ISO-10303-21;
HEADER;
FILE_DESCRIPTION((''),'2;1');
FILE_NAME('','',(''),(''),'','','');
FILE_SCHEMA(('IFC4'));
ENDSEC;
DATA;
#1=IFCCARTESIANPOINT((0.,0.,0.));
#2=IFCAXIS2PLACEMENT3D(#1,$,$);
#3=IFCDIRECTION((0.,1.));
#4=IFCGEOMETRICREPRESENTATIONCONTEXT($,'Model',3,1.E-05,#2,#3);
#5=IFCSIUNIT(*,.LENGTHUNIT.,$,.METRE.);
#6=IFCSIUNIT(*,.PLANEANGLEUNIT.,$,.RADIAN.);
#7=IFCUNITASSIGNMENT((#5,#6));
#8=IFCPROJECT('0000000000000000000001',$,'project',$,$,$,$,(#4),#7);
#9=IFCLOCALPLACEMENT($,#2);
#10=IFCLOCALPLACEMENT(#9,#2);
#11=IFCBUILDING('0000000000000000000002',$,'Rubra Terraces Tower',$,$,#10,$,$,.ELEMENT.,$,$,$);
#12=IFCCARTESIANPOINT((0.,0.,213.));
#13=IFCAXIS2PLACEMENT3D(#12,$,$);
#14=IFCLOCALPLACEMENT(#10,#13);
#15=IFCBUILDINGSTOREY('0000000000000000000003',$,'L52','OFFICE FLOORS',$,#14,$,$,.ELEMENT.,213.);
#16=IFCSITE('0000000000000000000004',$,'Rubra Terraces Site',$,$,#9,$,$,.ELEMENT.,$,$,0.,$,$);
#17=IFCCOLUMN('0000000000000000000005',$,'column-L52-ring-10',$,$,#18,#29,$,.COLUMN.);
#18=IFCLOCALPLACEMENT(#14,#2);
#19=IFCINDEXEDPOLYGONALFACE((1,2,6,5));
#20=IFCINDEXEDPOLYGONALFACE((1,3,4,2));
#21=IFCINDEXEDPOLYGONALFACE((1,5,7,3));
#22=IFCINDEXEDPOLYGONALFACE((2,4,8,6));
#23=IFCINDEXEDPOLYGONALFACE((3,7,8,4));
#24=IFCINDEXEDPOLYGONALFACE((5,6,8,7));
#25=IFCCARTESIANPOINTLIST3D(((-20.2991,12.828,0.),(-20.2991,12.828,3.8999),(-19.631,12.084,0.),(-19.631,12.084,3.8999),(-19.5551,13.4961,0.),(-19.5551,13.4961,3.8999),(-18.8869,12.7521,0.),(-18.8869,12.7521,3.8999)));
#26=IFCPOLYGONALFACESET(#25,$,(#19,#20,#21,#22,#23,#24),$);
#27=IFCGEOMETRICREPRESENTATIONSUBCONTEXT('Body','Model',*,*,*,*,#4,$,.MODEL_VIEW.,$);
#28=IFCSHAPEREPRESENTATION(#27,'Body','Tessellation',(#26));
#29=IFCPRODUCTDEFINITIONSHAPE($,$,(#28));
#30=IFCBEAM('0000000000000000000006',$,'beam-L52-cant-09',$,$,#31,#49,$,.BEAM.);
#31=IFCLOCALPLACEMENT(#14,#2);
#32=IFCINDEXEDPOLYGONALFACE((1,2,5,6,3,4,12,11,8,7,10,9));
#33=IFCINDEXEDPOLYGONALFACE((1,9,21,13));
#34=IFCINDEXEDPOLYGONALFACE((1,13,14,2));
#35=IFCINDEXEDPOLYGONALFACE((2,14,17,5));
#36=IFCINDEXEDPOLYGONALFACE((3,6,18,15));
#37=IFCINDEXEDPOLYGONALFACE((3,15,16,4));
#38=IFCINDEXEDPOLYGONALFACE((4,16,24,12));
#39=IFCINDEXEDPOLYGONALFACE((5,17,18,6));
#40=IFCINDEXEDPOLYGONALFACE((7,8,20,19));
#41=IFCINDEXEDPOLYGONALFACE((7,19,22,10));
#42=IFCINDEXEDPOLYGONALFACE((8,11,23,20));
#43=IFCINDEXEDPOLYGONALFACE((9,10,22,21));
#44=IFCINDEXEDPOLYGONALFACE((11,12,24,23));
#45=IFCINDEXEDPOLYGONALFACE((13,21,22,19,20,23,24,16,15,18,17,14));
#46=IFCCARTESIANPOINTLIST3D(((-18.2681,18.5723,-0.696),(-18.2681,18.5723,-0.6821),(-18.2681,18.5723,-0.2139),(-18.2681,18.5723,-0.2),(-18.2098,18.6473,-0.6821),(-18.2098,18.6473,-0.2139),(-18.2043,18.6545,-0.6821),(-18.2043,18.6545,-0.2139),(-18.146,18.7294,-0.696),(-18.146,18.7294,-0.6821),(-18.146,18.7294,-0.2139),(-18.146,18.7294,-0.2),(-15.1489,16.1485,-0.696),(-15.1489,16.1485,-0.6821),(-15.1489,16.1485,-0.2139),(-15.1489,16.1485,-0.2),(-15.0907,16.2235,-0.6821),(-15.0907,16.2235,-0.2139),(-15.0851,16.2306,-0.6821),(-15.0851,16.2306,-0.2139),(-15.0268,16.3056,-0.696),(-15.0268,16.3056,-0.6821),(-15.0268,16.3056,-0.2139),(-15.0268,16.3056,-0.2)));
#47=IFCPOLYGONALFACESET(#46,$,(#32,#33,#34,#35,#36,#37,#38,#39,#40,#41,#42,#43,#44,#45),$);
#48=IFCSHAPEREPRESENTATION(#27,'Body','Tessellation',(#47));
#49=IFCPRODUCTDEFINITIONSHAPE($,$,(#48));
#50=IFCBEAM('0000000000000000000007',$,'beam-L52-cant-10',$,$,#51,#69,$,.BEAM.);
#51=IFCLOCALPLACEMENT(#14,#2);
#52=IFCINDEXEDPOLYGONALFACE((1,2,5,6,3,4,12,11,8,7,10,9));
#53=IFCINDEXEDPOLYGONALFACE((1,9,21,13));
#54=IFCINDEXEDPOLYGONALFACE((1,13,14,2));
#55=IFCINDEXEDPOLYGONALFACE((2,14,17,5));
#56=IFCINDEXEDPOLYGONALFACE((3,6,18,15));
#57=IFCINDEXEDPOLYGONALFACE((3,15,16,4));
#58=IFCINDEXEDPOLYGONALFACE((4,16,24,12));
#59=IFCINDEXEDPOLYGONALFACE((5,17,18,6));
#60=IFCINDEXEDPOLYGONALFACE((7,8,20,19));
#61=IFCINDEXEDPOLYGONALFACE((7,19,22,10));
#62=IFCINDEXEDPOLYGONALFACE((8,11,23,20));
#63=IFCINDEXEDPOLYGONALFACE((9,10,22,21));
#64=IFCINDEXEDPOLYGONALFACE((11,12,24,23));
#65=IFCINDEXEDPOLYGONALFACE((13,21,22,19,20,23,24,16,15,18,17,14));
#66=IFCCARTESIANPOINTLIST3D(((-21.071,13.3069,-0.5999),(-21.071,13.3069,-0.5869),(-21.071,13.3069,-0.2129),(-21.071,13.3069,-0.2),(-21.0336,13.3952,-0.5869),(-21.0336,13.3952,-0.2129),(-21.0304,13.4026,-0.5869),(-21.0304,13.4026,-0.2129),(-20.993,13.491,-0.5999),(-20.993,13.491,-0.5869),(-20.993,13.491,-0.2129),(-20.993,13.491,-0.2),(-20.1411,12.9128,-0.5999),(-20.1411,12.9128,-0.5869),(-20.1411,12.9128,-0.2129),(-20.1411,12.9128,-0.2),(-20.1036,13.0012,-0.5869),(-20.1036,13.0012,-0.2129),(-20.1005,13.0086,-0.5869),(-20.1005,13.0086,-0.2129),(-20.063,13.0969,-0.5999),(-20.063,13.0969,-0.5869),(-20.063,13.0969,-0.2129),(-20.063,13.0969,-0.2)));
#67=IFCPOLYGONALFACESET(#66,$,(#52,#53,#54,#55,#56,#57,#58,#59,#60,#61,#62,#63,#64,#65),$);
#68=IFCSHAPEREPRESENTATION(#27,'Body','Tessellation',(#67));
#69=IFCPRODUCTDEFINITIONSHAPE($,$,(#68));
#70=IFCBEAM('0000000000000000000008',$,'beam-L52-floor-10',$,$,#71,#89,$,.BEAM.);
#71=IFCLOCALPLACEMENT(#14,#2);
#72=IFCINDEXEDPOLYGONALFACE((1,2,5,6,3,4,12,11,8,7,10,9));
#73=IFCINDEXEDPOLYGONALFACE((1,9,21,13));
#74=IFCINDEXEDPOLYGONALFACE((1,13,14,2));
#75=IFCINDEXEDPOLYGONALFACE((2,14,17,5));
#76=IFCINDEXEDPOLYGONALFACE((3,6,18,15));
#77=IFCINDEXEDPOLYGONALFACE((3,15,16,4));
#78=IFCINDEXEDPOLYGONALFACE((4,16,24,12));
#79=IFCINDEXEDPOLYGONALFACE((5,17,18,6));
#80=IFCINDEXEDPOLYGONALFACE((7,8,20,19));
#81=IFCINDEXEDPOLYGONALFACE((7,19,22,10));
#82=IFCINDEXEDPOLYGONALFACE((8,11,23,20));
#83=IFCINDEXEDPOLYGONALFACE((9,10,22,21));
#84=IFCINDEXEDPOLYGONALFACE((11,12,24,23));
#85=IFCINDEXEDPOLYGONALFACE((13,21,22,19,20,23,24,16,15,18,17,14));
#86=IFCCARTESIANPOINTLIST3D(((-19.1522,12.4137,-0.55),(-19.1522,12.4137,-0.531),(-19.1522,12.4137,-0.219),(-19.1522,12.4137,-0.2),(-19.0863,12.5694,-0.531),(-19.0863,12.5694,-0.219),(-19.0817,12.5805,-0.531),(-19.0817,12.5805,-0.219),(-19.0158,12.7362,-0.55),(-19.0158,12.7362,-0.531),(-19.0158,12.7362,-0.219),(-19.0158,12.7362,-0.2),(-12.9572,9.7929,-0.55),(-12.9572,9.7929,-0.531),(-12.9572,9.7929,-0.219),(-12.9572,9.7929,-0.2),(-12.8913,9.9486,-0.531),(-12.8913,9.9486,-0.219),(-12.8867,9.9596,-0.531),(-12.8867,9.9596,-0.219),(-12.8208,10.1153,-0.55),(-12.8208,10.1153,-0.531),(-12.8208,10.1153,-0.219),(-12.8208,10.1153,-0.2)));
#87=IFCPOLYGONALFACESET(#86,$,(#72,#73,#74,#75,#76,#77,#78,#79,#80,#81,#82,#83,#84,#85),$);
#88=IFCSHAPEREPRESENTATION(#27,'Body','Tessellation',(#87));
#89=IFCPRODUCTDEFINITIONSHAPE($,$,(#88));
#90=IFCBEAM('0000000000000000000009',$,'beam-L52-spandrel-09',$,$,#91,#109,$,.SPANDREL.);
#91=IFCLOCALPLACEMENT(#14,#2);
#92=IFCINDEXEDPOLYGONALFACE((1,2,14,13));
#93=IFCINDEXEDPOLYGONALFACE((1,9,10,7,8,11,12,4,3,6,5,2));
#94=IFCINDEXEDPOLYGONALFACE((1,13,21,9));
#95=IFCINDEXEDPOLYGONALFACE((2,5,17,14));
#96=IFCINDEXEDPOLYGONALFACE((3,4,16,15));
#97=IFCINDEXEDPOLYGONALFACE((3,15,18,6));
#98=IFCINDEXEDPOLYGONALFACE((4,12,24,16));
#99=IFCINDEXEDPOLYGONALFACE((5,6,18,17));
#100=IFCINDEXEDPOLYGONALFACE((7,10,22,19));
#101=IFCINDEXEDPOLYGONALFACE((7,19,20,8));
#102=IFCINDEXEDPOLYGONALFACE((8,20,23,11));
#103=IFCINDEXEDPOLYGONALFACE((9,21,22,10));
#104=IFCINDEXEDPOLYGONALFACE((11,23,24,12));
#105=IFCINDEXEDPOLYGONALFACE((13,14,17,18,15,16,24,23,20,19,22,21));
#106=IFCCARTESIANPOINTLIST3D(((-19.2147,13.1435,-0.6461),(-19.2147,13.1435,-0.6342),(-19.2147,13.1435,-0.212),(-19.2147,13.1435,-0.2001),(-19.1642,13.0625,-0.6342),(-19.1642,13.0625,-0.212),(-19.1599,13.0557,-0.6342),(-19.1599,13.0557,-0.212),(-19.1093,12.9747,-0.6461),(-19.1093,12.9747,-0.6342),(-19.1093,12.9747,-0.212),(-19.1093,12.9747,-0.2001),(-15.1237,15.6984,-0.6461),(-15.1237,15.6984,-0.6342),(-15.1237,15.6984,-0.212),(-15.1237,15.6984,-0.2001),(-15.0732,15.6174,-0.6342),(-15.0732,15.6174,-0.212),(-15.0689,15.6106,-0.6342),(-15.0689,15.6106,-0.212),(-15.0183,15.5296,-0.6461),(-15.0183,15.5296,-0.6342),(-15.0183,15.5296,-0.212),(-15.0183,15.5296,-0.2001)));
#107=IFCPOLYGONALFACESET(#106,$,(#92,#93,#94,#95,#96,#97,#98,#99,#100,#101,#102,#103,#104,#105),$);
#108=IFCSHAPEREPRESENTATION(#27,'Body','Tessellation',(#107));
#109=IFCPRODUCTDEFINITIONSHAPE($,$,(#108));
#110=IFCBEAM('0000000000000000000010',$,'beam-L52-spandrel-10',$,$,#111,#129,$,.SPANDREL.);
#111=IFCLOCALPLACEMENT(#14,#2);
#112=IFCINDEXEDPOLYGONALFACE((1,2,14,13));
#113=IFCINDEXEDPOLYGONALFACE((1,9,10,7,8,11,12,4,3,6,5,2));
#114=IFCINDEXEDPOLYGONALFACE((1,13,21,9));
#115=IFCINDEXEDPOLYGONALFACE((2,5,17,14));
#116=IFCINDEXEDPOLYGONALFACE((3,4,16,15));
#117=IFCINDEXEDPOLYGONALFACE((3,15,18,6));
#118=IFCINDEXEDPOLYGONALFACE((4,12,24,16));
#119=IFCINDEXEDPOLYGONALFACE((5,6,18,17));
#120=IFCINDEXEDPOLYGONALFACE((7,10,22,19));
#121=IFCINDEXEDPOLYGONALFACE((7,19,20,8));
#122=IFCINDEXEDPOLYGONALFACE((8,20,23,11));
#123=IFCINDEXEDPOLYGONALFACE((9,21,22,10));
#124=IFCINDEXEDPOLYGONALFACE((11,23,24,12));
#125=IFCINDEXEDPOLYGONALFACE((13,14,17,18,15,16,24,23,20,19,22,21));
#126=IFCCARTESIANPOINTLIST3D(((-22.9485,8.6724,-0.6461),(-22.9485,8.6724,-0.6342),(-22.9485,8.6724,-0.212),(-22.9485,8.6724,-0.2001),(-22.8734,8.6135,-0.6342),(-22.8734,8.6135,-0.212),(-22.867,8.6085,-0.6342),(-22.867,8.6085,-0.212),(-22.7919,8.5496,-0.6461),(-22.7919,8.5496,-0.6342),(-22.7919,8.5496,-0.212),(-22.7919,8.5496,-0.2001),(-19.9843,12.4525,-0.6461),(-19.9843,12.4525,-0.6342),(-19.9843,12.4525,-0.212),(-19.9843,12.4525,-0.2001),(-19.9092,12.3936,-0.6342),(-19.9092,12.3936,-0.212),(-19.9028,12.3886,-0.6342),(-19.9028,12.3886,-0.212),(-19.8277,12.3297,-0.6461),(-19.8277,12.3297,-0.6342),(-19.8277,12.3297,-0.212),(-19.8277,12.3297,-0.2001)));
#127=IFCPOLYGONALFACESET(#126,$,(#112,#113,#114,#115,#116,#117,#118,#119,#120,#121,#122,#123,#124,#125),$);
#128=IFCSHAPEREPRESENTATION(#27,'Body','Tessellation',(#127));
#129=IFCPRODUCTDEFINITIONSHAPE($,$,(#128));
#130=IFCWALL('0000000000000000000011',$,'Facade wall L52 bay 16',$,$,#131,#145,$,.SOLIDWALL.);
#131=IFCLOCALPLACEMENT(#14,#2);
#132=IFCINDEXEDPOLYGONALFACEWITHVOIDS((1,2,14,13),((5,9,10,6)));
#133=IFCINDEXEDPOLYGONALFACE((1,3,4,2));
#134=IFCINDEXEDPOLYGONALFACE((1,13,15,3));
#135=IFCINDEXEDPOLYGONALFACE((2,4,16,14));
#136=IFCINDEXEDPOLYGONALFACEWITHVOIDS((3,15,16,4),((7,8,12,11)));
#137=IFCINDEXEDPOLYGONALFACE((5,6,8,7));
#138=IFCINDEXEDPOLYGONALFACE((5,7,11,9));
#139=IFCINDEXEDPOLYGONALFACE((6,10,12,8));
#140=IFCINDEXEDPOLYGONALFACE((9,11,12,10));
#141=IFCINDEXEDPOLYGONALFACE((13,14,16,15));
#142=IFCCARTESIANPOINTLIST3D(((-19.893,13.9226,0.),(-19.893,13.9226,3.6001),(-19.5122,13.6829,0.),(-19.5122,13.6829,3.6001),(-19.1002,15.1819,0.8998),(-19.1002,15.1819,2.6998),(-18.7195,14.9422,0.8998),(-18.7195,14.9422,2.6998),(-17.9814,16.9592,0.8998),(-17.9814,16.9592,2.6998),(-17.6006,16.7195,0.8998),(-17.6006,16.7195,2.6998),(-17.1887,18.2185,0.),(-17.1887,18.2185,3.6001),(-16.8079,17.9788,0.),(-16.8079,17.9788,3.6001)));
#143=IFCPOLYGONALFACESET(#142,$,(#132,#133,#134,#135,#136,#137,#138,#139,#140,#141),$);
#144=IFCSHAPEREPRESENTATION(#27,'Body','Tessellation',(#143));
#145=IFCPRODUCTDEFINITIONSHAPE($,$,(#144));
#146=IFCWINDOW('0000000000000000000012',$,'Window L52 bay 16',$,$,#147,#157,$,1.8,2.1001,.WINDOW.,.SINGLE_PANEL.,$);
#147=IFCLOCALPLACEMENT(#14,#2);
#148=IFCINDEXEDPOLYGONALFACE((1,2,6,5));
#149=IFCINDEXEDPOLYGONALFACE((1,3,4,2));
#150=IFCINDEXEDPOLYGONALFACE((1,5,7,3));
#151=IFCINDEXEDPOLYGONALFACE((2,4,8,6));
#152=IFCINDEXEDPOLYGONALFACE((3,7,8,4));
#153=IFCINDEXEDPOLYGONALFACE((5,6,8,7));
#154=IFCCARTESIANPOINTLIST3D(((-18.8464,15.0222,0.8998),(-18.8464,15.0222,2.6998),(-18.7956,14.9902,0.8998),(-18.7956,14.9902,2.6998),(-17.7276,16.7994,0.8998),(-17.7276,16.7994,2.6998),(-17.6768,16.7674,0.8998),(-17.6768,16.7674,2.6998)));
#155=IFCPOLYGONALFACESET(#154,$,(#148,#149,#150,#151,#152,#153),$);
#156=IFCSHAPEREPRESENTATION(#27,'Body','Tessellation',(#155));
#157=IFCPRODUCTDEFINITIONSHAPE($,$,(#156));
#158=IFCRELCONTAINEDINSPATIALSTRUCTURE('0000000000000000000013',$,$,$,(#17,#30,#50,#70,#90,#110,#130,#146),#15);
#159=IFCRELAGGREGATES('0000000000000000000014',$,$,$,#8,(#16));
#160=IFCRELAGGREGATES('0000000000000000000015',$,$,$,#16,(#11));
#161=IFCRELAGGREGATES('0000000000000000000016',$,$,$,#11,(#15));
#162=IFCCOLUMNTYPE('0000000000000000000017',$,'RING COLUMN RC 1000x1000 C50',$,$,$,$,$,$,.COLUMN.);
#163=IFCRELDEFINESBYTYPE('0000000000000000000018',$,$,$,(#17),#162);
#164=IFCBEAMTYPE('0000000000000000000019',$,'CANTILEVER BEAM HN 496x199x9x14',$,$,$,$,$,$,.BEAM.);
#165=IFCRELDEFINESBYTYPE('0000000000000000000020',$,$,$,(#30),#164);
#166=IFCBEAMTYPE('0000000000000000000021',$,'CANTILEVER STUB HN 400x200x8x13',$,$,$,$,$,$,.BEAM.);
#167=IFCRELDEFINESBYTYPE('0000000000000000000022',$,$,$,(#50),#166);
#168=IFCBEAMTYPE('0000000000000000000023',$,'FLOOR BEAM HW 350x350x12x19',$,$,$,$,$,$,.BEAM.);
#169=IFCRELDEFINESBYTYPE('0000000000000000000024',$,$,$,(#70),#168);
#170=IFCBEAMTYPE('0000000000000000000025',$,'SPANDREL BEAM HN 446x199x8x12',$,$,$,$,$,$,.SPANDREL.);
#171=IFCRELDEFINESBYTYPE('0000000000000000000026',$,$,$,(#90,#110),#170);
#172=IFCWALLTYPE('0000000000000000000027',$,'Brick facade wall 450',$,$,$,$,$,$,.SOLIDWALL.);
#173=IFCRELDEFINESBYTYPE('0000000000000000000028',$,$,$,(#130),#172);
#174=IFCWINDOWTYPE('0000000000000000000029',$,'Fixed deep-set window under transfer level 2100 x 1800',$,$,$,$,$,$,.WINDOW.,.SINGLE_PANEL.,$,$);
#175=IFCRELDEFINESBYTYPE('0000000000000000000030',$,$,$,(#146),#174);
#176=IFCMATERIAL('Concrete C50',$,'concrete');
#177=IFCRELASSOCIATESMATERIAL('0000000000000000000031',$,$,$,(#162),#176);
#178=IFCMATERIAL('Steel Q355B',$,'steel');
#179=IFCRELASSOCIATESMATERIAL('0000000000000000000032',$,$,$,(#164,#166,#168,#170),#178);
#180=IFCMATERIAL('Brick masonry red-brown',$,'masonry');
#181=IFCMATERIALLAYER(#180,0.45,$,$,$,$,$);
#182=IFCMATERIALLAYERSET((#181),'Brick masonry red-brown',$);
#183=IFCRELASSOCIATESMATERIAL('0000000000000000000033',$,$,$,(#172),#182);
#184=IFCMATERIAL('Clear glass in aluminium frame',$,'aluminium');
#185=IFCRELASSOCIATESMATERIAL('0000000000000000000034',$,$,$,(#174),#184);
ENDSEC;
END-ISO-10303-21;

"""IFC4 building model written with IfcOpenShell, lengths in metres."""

from ifc_helpers import new_model, si_unit, direction, frame, frame_2d, origin, origin_2d, place, context, subcontext, project, spatial, rectangle, i_section, extrude, material, layer, layer_set, material_profile, profile_set, type_object, element, fill, save


model = new_model("IFC4")

# Units and contexts
model_context = context("Model", 3, precision=1e-05, world=origin(), true_north=direction((0.0, 1.0)))
body_context = subcontext(model_context, "Body", "Model", "MODEL_VIEW")
ifc_project = project(units=[si_unit("LENGTHUNIT", "METRE"), si_unit("PLANEANGLEUNIT", "RADIAN")], contexts=[model_context])

# Site, building, storey
site_placement = place(None, origin())
site = spatial("IfcSite", under=ifc_project, at=site_placement, Name="Rubra Terraces Site", CompositionType="ELEMENT", RefElevation=0.0)
building_placement = place(site_placement, origin())
building = spatial("IfcBuilding", under=site, at=building_placement, Name="Rubra Terraces Tower", CompositionType="ELEMENT")
storey_placement = place(building_placement, frame((0.0, 0.0, 213.0)))
storey = spatial("IfcBuildingStorey", under=building, at=storey_placement, Name="L52", Description="OFFICE FLOORS", CompositionType="ELEMENT", Elevation=213.0)

# Column
ifc_material_1 = material(Name="Concrete C50", Category="concrete")
ifc_material_profile_1 = material_profile(ifc_material_1, rectangle(XDim=1.0, YDim=1.0, at=origin_2d()), Name="RC 1000x1000")
ifc_profile_set_1 = profile_set([ifc_material_profile_1], Name="Concrete C50")
column_type = type_object("IfcColumnType", Name="RING COLUMN RC 1000x1000 C50", PredefinedType="COLUMN", material=ifc_profile_set_1)
column_placement = place(storey_placement, frame((-19.593, 12.79, 0.0), z_axis=(0.0, 0.0, 1.0), x_axis=(-0.744021, -0.668156, 0.0)))
element("IfcColumn", 1, at=column_placement, inside=storey, type_object=column_type, Name="column-L52-ring-10", PredefinedType="COLUMN", context=body_context, shape_type="SweptSolid", body=[
    extrude(rectangle(XDim=1.0, YDim=1.0, at=origin_2d()), origin(), (0.0, 0.0, 1.0), 3.8999),
])

# Beams
ifc_material_2 = material(Name="Steel Q355B", Category="steel")
ifc_material_profile_2 = material_profile(ifc_material_2, i_section(OverallWidth=0.199, OverallDepth=0.4961, WebThickness=0.009, FlangeThickness=0.0139, at=origin_2d()), Name="HN 496x199x9x14")
ifc_profile_set_2 = profile_set([ifc_material_profile_2], Name="Steel Q355B")
beam_type_1 = type_object("IfcBeamType", Name="CANTILEVER BEAM HN 496x199x9x14", PredefinedType="BEAM", material=ifc_profile_set_2)
beam_1_placement = place(storey_placement, frame((-15.0879, 16.2271, -0.448), z_axis=(-0.789618, 0.613598, 0.0), x_axis=(-0.613598, -0.789618, 0.0)))
element("IfcBeam", 2, at=beam_1_placement, inside=storey, type_object=beam_type_1, Name="beam-L52-cant-09", PredefinedType="BEAM", context=body_context, shape_type="SweptSolid", body=[
    extrude(i_section(OverallWidth=0.199, OverallDepth=0.4961, WebThickness=0.009, FlangeThickness=0.0139, at=origin_2d()), origin(), (0.0, 0.0, 1.0), 3.9502),
])
ifc_material_profile_3 = material_profile(ifc_material_2, i_section(OverallWidth=0.2, OverallDepth=0.3999, WebThickness=0.0081, FlangeThickness=0.0129, at=origin_2d()), Name="HN 400x200x8x13")
ifc_profile_set_3 = profile_set([ifc_material_profile_3], Name="Steel Q355B")
beam_type_2 = type_object("IfcBeamType", Name="CANTILEVER STUB HN 400x200x8x13", PredefinedType="BEAM", material=ifc_profile_set_3)
beam_2_placement = place(storey_placement, frame((-20.1021, 13.0049, -0.3999), z_axis=(-0.92075, 0.390153, 0.0), x_axis=(-0.390153, -0.92075, 0.0)))
element("IfcBeam", 3, at=beam_2_placement, inside=storey, type_object=beam_type_2, Name="beam-L52-cant-10", PredefinedType="BEAM", context=body_context, shape_type="SweptSolid", body=[
    extrude(i_section(OverallWidth=0.2, OverallDepth=0.3999, WebThickness=0.0081, FlangeThickness=0.0129, at=origin_2d()), origin(), (0.0, 0.0, 1.0), 1.01),
])
ifc_material_profile_4 = material_profile(ifc_material_2, i_section(OverallWidth=0.3501, OverallDepth=0.3501, WebThickness=0.012, FlangeThickness=0.019, at=origin_2d()), Name="HW 350x350x12x19")
ifc_profile_set_4 = profile_set([ifc_material_profile_4], Name="Steel Q355B")
beam_type_3 = type_object("IfcBeamType", Name="FLOOR BEAM HW 350x350x12x19", PredefinedType="BEAM", material=ifc_profile_set_4)
beam_3_placement = place(storey_placement, frame((-19.084, 12.575, -0.375), z_axis=(0.920975, -0.389622, 0.0), x_axis=(0.389622, 0.920975, 0.0)))
element("IfcBeam", 4, at=beam_3_placement, inside=storey, type_object=beam_type_3, Name="beam-L52-floor-10", PredefinedType="BEAM", context=body_context, shape_type="SweptSolid", body=[
    extrude(i_section(OverallWidth=0.3501, OverallDepth=0.3501, WebThickness=0.012, FlangeThickness=0.019, at=origin_2d()), origin(), (0.0, 0.0, 1.0), 6.7266),
])
ifc_material_profile_5 = material_profile(ifc_material_2, i_section(OverallWidth=0.199, OverallDepth=0.446, WebThickness=0.0081, FlangeThickness=0.012, at=origin_2d()), Name="HN 446x199x8x12")
ifc_profile_set_5 = profile_set([ifc_material_profile_5], Name="Steel Q355B")
beam_type_4 = type_object("IfcBeamType", Name="SPANDREL BEAM HN 446x199x8x12", PredefinedType="SPANDREL", material=ifc_profile_set_5)
beam_4_placement = place(storey_placement, frame((-15.071, 15.614, -0.4231), z_axis=(-0.848183, -0.529703, 0.0), x_axis=(0.529703, -0.848183, 0.0)))
element("IfcBeam", 5, at=beam_4_placement, inside=storey, type_object=beam_type_4, Name="beam-L52-spandrel-09", PredefinedType="SPANDREL", context=body_context, shape_type="SweptSolid", body=[
    extrude(i_section(OverallWidth=0.199, OverallDepth=0.446, WebThickness=0.0081, FlangeThickness=0.012, at=origin_2d()), origin(), (0.0, 0.0, 1.0), 4.8232),
])
beam_5_placement = place(storey_placement, frame((-19.906, 12.3911, -0.4231), z_axis=(-0.61706, -0.786916, 0.0), x_axis=(0.786916, -0.61706, 0.0)))
element("IfcBeam", 6, at=beam_5_placement, inside=storey, type_object=beam_type_4, Name="beam-L52-spandrel-10", PredefinedType="SPANDREL", context=body_context, shape_type="SweptSolid", body=[
    extrude(i_section(OverallWidth=0.199, OverallDepth=0.446, WebThickness=0.0081, FlangeThickness=0.012, at=origin_2d()), origin(), (0.0, 0.0, 1.0), 4.8037),
])

# Wall, opening, window
ifc_material_3 = material(Name="Brick masonry red-brown", Category="masonry")
ifc_layer_1 = layer(ifc_material_3, 0.45)
ifc_layer_set_1 = layer_set([ifc_layer_1], Name="Brick masonry red-brown")
wall_type_1 = type_object("IfcWallType", Name="Brick facade wall 450", PredefinedType="SOLIDWALL", material=ifc_layer_set_1)
wall_1_placement = place(storey_placement, frame((-16.9983, 18.0986, 0.0), z_axis=(0.0, 0.0, 1.0), x_axis=(-0.532746, -0.846275, 0.0)))
wall_1 = element("IfcWall", 7, at=wall_1_placement, inside=storey, type_object=wall_type_1, Name="Facade wall L52 bay 16", PredefinedType="SOLIDWALL", context=body_context, shape_type="SweptSolid", body=[
    extrude(rectangle(XDim=5.0762, YDim=0.45, at=frame_2d((2.5381, 0.0))), origin(), (0.0, 0.0, 1.0), 3.6001),
])
opening_1_placement = place(wall_1_placement, frame((1.488, 0.0, 0.8999)))
opening_1 = element("IfcOpeningElement", 8, at=opening_1_placement, cuts=wall_1, PredefinedType="OPENING", context=body_context, shape_type="SweptSolid", body=[
    extrude(rectangle(XDim=2.1001, YDim=1.8, at=frame_2d((1.05, 0.8999))), frame((0.0, 0.2349, 0.0), z_axis=(0.0, -1.0, 0.0), x_axis=(1.0, 0.0, 0.0)), (0.0, 0.0, 1.0), 0.47),
])
ifc_material_4 = material(Name="Clear glass in aluminium frame", Category="aluminium")
window_type = type_object("IfcWindowType", Name="Fixed deep-set window under transfer level 2100 x 1800", PartitioningType="SINGLE_PANEL", PredefinedType="WINDOW", material=ifc_material_4)
window_1_placement = place(opening_1_placement, origin())
window_1 = element("IfcWindow", 9, at=window_1_placement, inside=storey, type_object=window_type, Name="Window L52 bay 16", OverallHeight=1.8, OverallWidth=2.1001, PartitioningType="SINGLE_PANEL", PredefinedType="WINDOW", context=body_context, shape_type="SweptSolid", body=[
    extrude(rectangle(XDim=2.1001, YDim=1.8, at=frame_2d((1.05, 0.8999))), frame((0.0, 0.135, 0.0), z_axis=(0.0, -1.0, 0.0), x_axis=(1.0, 0.0, 0.0)), (0.0, 0.0, 1.0), 0.0601),
])
fill(opening_1, window_1)

save(model, "model.ifc")
